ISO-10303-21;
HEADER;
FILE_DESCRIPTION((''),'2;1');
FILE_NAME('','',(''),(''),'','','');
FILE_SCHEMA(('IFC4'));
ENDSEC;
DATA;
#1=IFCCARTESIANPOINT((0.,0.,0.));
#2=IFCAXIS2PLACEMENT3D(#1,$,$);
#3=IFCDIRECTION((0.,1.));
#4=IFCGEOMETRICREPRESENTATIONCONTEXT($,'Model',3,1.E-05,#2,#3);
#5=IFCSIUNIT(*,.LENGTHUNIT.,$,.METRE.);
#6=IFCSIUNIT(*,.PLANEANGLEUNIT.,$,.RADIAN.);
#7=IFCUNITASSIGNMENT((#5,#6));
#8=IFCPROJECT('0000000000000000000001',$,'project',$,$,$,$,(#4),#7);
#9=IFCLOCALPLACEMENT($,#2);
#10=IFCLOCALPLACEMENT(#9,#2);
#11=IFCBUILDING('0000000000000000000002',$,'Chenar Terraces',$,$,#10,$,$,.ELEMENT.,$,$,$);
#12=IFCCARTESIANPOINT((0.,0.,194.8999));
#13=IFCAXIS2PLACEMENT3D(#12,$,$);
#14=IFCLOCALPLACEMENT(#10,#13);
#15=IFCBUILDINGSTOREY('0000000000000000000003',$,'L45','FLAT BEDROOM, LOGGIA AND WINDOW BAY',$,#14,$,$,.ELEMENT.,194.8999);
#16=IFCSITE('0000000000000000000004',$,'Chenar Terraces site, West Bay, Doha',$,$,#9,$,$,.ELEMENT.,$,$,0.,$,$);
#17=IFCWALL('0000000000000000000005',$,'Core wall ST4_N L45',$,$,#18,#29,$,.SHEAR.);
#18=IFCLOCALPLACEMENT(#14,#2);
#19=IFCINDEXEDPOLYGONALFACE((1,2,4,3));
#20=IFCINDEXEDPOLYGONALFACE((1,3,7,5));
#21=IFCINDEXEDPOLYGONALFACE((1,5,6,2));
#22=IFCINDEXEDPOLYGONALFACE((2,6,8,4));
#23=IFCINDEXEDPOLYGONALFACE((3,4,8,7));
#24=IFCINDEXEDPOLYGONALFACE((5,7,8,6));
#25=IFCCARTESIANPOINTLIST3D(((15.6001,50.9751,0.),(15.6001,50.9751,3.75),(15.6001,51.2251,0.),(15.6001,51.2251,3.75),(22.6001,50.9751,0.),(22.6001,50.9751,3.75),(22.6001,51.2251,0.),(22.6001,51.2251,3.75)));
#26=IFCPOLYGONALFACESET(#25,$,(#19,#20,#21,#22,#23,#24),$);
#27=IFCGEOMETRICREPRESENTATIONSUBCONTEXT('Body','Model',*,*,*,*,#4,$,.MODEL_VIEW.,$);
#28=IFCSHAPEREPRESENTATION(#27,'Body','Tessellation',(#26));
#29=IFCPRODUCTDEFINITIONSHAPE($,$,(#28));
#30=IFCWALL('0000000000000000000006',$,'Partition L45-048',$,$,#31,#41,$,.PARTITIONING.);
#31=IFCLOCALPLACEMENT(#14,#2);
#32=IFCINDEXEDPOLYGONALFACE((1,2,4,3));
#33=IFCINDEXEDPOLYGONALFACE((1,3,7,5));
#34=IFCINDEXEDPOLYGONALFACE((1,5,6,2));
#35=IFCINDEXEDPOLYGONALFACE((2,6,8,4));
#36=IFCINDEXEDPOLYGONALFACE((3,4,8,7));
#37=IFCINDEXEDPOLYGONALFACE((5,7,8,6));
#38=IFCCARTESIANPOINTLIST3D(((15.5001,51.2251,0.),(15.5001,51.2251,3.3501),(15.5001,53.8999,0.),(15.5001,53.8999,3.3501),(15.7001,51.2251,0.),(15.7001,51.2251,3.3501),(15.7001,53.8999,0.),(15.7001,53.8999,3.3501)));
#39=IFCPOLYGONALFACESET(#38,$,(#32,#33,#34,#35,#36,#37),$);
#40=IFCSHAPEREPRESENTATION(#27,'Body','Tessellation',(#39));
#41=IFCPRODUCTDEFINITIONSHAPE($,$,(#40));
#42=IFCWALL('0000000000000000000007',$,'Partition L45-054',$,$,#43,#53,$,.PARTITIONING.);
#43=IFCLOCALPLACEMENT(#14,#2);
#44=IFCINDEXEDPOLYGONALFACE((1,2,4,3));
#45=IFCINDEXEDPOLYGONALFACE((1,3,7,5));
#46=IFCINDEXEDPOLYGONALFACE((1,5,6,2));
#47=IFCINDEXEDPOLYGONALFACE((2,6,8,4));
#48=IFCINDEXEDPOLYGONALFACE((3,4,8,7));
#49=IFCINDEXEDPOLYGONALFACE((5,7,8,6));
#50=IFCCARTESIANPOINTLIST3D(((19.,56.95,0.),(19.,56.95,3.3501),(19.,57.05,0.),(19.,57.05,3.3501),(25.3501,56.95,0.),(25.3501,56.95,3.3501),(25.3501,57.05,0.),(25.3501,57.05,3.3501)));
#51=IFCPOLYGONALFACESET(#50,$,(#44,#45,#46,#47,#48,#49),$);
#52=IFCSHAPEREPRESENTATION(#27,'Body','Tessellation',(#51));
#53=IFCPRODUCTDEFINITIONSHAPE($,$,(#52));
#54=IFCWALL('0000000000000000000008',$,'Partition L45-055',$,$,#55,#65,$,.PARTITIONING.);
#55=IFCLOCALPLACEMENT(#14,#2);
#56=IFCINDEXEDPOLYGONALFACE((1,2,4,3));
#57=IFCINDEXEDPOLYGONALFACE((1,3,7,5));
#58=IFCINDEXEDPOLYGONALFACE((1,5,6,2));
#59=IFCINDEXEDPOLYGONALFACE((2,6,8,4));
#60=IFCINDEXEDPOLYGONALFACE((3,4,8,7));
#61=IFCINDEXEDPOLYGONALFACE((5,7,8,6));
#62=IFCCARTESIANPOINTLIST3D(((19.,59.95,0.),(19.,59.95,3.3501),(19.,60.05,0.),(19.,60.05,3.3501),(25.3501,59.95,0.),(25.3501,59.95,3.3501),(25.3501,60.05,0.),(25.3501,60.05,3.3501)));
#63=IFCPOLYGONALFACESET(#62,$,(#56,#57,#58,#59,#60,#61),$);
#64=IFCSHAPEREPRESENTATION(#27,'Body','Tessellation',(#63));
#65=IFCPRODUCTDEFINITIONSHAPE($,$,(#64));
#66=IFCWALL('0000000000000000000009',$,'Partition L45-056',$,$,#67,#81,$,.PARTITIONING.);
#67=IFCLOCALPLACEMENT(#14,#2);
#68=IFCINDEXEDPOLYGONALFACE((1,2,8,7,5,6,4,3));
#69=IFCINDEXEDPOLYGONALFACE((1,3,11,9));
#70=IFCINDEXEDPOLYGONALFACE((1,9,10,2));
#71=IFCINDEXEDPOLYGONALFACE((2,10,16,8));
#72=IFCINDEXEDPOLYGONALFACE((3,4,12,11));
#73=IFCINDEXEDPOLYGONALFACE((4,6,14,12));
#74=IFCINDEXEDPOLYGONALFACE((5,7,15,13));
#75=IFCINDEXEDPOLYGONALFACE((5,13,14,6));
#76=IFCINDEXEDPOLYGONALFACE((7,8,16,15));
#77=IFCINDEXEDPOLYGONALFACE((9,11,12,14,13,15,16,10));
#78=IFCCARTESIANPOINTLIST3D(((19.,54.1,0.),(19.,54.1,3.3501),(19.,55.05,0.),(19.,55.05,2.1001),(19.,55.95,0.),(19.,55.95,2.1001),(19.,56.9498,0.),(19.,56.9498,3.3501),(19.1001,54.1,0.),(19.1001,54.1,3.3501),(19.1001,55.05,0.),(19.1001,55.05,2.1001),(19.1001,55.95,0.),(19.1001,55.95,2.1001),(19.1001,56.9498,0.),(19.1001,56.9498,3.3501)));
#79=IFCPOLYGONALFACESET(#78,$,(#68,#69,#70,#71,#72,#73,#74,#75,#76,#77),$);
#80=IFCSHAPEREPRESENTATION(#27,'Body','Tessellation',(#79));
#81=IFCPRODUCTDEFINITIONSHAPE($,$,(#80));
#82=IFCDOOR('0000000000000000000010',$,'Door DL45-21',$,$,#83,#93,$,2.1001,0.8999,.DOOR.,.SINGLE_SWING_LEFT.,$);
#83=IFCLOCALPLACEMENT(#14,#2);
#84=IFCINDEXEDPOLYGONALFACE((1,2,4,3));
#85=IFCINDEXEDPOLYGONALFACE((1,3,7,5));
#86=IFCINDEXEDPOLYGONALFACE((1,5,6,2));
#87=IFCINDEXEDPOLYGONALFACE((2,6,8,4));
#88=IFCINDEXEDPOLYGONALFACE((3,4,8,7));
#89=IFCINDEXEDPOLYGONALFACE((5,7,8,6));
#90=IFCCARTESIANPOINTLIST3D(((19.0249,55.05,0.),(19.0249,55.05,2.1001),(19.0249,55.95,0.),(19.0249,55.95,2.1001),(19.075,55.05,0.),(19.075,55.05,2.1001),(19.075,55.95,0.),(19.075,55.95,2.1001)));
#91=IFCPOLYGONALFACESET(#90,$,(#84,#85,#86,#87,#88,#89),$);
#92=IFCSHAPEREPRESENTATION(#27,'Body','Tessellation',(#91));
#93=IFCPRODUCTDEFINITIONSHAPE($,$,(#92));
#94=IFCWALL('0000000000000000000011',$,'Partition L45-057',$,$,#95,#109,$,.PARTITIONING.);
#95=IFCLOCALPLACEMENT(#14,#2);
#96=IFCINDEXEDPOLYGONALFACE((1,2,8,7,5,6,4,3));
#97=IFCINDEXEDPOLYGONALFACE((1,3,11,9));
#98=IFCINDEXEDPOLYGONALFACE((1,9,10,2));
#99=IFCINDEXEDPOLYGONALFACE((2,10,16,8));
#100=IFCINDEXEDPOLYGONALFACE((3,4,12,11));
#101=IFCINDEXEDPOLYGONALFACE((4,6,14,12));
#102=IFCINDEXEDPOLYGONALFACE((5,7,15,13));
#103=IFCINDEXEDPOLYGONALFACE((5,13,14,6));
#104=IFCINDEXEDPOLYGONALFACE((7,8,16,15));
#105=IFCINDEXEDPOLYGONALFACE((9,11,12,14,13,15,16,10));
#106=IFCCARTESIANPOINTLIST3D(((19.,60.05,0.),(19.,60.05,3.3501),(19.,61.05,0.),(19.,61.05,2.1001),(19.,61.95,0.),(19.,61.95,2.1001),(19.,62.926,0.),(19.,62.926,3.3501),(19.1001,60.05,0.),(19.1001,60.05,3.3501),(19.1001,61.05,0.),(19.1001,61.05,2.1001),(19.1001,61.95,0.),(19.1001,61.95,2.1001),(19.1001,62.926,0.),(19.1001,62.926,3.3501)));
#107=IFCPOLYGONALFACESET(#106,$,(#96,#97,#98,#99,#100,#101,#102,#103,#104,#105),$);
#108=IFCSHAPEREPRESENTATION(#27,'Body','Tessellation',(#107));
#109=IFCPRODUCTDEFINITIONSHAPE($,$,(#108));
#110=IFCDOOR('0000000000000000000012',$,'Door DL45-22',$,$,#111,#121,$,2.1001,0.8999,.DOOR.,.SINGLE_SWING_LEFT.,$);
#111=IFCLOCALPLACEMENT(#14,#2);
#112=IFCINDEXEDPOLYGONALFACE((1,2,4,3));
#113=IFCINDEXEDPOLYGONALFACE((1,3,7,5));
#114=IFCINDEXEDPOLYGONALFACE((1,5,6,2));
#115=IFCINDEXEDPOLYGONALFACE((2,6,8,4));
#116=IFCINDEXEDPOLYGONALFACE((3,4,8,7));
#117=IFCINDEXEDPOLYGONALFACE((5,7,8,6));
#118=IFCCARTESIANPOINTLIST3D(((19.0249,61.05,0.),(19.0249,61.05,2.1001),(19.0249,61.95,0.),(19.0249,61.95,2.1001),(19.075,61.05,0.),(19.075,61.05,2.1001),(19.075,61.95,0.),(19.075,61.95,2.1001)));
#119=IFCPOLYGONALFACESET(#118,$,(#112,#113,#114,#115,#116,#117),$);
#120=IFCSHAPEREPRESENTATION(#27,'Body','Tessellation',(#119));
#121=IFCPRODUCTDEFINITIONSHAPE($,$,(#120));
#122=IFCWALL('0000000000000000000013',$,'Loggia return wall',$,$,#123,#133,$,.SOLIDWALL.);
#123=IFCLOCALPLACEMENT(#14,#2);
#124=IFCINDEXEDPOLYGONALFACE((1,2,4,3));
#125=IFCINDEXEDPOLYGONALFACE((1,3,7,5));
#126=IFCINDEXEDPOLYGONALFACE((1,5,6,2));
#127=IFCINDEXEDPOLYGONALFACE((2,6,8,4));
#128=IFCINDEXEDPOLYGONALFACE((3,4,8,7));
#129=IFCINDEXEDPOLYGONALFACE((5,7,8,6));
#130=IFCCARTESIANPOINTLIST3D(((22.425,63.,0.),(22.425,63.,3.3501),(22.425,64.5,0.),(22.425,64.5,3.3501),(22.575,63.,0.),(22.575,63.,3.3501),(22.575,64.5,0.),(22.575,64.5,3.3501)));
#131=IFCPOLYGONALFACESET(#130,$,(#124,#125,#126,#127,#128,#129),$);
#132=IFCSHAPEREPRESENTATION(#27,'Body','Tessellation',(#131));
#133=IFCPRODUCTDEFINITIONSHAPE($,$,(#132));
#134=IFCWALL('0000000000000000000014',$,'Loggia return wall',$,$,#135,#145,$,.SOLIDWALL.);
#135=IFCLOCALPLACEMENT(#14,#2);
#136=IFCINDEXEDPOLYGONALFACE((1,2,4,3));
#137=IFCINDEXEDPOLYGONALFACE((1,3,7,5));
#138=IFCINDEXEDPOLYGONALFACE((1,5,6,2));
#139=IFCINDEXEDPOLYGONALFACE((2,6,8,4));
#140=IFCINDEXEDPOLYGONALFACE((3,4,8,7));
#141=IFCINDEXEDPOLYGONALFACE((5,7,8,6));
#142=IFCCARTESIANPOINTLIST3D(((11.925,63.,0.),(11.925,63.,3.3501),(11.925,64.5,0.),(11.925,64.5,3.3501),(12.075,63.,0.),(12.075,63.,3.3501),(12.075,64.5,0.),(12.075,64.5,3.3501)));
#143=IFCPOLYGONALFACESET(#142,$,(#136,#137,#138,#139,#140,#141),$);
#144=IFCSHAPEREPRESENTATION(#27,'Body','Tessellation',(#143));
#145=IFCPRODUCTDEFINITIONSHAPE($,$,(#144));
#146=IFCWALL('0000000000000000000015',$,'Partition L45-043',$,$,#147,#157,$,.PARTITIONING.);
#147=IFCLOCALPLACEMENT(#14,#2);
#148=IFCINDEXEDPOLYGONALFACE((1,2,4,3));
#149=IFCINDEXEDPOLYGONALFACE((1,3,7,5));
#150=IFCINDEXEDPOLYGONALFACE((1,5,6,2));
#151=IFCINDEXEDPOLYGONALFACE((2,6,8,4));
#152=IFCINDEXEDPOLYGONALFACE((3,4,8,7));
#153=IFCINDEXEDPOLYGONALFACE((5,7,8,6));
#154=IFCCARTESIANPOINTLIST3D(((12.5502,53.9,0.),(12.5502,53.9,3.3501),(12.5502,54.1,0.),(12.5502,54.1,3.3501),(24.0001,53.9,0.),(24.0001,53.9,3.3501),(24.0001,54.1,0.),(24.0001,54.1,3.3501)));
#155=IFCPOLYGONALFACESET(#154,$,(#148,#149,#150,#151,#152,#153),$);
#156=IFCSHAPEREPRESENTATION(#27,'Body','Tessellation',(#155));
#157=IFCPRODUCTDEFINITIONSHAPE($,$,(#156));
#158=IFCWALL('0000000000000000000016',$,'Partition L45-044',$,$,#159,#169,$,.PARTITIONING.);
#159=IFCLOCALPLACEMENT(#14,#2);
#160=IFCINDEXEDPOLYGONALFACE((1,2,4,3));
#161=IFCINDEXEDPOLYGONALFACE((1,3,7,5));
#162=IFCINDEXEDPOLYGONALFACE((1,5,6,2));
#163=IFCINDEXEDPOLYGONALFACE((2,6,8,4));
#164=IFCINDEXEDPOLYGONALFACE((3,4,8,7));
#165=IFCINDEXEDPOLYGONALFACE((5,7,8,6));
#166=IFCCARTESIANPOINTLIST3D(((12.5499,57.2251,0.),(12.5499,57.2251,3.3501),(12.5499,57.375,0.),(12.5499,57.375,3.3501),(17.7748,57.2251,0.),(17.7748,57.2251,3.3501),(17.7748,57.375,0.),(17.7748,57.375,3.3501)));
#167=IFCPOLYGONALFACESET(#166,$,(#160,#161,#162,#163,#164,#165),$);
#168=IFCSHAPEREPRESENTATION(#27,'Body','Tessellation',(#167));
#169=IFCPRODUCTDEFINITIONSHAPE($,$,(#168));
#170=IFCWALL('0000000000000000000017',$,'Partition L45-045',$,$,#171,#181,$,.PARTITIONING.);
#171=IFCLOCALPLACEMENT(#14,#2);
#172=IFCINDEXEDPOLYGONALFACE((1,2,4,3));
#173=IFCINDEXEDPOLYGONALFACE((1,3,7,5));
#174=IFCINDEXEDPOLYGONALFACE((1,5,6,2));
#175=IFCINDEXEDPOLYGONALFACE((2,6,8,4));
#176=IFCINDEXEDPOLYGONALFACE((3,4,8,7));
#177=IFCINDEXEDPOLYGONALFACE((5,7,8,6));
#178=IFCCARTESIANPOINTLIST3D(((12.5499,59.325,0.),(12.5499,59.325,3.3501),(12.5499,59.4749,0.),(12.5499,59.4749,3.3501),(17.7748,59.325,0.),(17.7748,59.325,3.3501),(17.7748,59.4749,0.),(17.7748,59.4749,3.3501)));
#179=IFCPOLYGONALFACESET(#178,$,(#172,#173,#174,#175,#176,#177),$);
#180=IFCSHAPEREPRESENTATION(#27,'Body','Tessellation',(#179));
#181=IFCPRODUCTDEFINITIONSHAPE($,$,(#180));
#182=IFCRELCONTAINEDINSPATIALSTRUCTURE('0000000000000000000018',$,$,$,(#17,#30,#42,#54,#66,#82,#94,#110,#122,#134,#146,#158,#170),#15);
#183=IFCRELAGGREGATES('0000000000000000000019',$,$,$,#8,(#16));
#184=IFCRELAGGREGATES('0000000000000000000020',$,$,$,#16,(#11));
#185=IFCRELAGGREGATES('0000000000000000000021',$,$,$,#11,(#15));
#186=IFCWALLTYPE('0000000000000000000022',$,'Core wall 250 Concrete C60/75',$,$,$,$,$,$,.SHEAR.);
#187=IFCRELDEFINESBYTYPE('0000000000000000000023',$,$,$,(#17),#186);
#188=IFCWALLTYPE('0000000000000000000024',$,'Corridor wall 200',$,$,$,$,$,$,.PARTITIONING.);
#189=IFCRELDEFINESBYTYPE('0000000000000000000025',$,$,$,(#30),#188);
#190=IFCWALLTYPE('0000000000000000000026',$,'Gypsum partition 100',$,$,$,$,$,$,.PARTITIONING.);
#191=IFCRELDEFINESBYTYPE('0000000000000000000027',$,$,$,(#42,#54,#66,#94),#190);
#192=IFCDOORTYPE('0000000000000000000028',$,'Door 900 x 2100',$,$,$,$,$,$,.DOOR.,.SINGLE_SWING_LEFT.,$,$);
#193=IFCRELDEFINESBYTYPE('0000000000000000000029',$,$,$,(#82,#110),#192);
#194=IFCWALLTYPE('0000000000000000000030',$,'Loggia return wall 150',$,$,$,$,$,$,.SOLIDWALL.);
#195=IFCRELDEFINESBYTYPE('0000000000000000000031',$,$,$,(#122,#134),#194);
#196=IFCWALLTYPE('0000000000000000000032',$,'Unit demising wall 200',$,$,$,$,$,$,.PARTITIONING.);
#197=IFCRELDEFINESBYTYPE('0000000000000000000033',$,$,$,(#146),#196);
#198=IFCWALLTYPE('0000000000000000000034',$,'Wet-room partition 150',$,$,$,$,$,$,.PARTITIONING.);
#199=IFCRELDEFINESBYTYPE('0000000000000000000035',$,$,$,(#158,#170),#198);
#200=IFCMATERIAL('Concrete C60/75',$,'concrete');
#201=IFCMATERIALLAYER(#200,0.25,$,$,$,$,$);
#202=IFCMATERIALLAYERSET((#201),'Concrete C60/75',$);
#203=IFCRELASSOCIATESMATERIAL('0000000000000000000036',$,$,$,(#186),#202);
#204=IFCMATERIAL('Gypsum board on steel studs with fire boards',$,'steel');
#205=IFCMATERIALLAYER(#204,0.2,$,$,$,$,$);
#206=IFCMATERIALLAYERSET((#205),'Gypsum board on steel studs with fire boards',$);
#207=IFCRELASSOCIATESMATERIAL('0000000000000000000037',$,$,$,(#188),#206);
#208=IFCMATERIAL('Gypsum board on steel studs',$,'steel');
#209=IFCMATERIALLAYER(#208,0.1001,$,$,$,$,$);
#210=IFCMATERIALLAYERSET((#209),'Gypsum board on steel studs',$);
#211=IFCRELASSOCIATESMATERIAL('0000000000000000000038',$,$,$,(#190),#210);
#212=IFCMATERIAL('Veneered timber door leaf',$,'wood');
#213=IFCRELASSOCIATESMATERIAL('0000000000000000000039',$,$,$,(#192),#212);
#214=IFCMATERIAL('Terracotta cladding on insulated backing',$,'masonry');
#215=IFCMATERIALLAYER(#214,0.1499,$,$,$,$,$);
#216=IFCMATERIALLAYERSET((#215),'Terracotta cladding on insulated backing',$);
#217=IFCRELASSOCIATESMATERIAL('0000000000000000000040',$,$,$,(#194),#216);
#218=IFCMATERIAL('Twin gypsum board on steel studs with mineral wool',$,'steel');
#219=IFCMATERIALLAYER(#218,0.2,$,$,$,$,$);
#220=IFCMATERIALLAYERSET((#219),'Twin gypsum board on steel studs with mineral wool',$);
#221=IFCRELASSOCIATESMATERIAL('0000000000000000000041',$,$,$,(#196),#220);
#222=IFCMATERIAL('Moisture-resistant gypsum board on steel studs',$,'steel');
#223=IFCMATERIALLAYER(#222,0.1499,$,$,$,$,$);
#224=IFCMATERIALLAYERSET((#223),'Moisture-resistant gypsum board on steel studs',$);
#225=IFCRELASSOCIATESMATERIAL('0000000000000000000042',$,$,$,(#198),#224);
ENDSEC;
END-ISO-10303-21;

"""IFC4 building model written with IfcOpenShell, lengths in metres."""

from ifc_helpers import new_model, si_unit, direction, frame, frame_2d, origin, place, context, subcontext, project, spatial, rectangle, extrude, material, layer, layer_set, type_object, element, fill, save


model = new_model("IFC4")

# Units and contexts
model_context = context("Model", 3, precision=1e-05, world=origin(), true_north=direction((0.0, 1.0)))
body_context = subcontext(model_context, "Body", "Model", "MODEL_VIEW")
ifc_project = project(units=[si_unit("LENGTHUNIT", "METRE"), si_unit("PLANEANGLEUNIT", "RADIAN")], contexts=[model_context])

# Site, building, storey
site_placement = place(None, origin())
site = spatial("IfcSite", under=ifc_project, at=site_placement, Name="Chenar Terraces site, West Bay, Doha", CompositionType="ELEMENT", RefElevation=0.0)
building_placement = place(site_placement, origin())
building = spatial("IfcBuilding", under=site, at=building_placement, Name="Chenar Terraces", CompositionType="ELEMENT")
storey_placement = place(building_placement, frame((0.0, 0.0, 194.8999)))
storey = spatial("IfcBuildingStorey", under=building, at=storey_placement, Name="L45", Description="FLAT BEDROOM, LOGGIA AND WINDOW BAY", CompositionType="ELEMENT", Elevation=194.8999)

# Walls
ifc_material_1 = material(Name="Concrete C60/75", Category="concrete")
ifc_layer_1 = layer(ifc_material_1, 0.25)
ifc_layer_set_1 = layer_set([ifc_layer_1], Name="Concrete C60/75")
wall_type_1 = type_object("IfcWallType", Name="Core wall 250 Concrete C60/75", PredefinedType="SHEAR", material=ifc_layer_set_1)
wall_1_placement = place(storey_placement, frame((15.6001, 51.1001, 0.0), z_axis=(0.0, 0.0, 1.0), x_axis=(1.0, 0.0, 0.0)))
element("IfcWall", 1, at=wall_1_placement, inside=storey, type_object=wall_type_1, Name="Core wall ST4_N L45", PredefinedType="SHEAR", context=body_context, shape_type="SweptSolid", body=[
    extrude(rectangle(XDim=7.0, YDim=0.25, at=frame_2d((3.5, 0.0))), origin(), (0.0, 0.0, 1.0), 3.75),
])
ifc_material_2 = material(Name="Gypsum board on steel studs with fire boards", Category="steel")
ifc_layer_2 = layer(ifc_material_2, 0.2)
ifc_layer_set_2 = layer_set([ifc_layer_2], Name="Gypsum board on steel studs with fire boards")
wall_type_2 = type_object("IfcWallType", Name="Corridor wall 200", PredefinedType="PARTITIONING", material=ifc_layer_set_2)
wall_2_placement = place(storey_placement, frame((15.6001, 51.2251, 0.0), z_axis=(0.0, 0.0, 1.0), x_axis=(0.0, 1.0, 0.0)))
element("IfcWall", 2, at=wall_2_placement, inside=storey, type_object=wall_type_2, Name="Partition L45-048", PredefinedType="PARTITIONING", context=body_context, shape_type="SweptSolid", body=[
    extrude(rectangle(XDim=2.6748, YDim=0.2, at=frame_2d((1.3374, 0.0))), origin(), (0.0, 0.0, 1.0), 3.3501),
])

# Walls
ifc_material_3 = material(Name="Gypsum board on steel studs", Category="steel")
ifc_layer_3 = layer(ifc_material_3, 0.1001)
ifc_layer_set_3 = layer_set([ifc_layer_3], Name="Gypsum board on steel studs")
wall_type_3 = type_object("IfcWallType", Name="Gypsum partition 100", PredefinedType="PARTITIONING", material=ifc_layer_set_3)
for number, where, z_axis, x_axis, name in (
    (3, (19.0, 57.0, 0.0), (0.0, 0.0, 1.0), (1.0, 0.0, 0.0), "Partition L45-054"),
    (4, (19.0, 60.0, 0.0), (0.0, 0.0, 1.0), (1.0, 0.0, 0.0), "Partition L45-055"),
):
    element("IfcWall", number, at=place(storey_placement, frame(where, z_axis=z_axis, x_axis=x_axis)), inside=storey, type_object=wall_type_3, Name=name, PredefinedType="PARTITIONING", context=body_context, shape_type="SweptSolid", body=[
        extrude(rectangle(XDim=6.3501, YDim=0.1001, at=frame_2d((3.175, 0.0))), origin(), (0.0, 0.0, 1.0), 3.3501),
    ])

# Walls, openings, doors
wall_3_placement = place(storey_placement, frame((19.05, 54.1001, 0.0), z_axis=(0.0, 0.0, 1.0), x_axis=(0.0, 1.0, 0.0)))
wall_3 = element("IfcWall", 5, at=wall_3_placement, inside=storey, type_object=wall_type_3, Name="Partition L45-056", PredefinedType="PARTITIONING", context=body_context, shape_type="SweptSolid", body=[
    extrude(rectangle(XDim=2.8499, YDim=0.1001, at=frame_2d((1.4248, 0.0))), origin(), (0.0, 0.0, 1.0), 3.3501),
])
opening_1_placement = place(wall_3_placement, frame((0.95, 0.0, 0.0)))
opening_1 = element("IfcOpeningElement", 6, at=opening_1_placement, cuts=wall_3, PredefinedType="OPENING", context=body_context, shape_type="SweptSolid", body=[
    extrude(rectangle(XDim=0.8999, YDim=2.1001, at=frame_2d((0.45, 1.05))), frame((0.0, 0.0601, 0.0), z_axis=(0.0, -1.0, 0.0), x_axis=(1.0, 0.0, 0.0)), (0.0, 0.0, 1.0), 0.1201),
])
ifc_material_4 = material(Name="Veneered timber door leaf", Category="wood")
door_type_1 = type_object("IfcDoorType", Name="Door 900 x 2100", OperationType="SINGLE_SWING_LEFT", PredefinedType="DOOR", material=ifc_material_4)
door_1_placement = place(opening_1_placement, frame((0.8999, 0.0, 0.0), z_axis=(0.0, 0.0, 1.0), x_axis=(-1.0, 0.0, 0.0)))
door_1 = element("IfcDoor", 7, at=door_1_placement, inside=storey, type_object=door_type_1, Name="Door DL45-21", OperationType="SINGLE_SWING_LEFT", OverallHeight=2.1001, OverallWidth=0.8999, PredefinedType="DOOR", context=body_context, shape_type="SweptSolid", body=[
    extrude(rectangle(XDim=0.8999, YDim=2.1001, at=frame_2d((0.45, 1.05))), frame((0.0, 0.0249, 0.0), z_axis=(0.0, -1.0, 0.0), x_axis=(1.0, 0.0, 0.0)), (0.0, 0.0, 1.0), 0.05),
])
fill(opening_1, door_1)
wall_4_placement = place(storey_placement, frame((19.05, 60.05, 0.0), z_axis=(0.0, 0.0, 1.0), x_axis=(0.0, 1.0, 0.0)))
wall_4 = element("IfcWall", 8, at=wall_4_placement, inside=storey, type_object=wall_type_3, Name="Partition L45-057", PredefinedType="PARTITIONING", context=body_context, shape_type="SweptSolid", body=[
    extrude(rectangle(XDim=2.876, YDim=0.1001, at=frame_2d((1.438, 0.0))), origin(), (0.0, 0.0, 1.0), 3.3501),
])
opening_2_placement = place(wall_4_placement, frame((1.0, 0.0, 0.0)))
opening_2 = element("IfcOpeningElement", 9, at=opening_2_placement, cuts=wall_4, PredefinedType="OPENING", context=body_context, shape_type="SweptSolid", body=[
    extrude(rectangle(XDim=0.8999, YDim=2.1001, at=frame_2d((0.45, 1.05))), frame((0.0, 0.0601, 0.0), z_axis=(0.0, -1.0, 0.0), x_axis=(1.0, 0.0, 0.0)), (0.0, 0.0, 1.0), 0.1201),
])
door_2_placement = place(opening_2_placement, frame((0.8999, 0.0, 0.0), z_axis=(0.0, 0.0, 1.0), x_axis=(-1.0, 0.0, 0.0)))
door_2 = element("IfcDoor", 10, at=door_2_placement, inside=storey, type_object=door_type_1, Name="Door DL45-22", OperationType="SINGLE_SWING_LEFT", OverallHeight=2.1001, OverallWidth=0.8999, PredefinedType="DOOR", context=body_context, shape_type="SweptSolid", body=[
    extrude(rectangle(XDim=0.8999, YDim=2.1001, at=frame_2d((0.45, 1.05))), frame((0.0, 0.0249, 0.0), z_axis=(0.0, -1.0, 0.0), x_axis=(1.0, 0.0, 0.0)), (0.0, 0.0, 1.0), 0.05),
])
fill(opening_2, door_2)

# Walls
ifc_material_5 = material(Name="Terracotta cladding on insulated backing", Category="masonry")
ifc_layer_4 = layer(ifc_material_5, 0.1499)
ifc_layer_set_4 = layer_set([ifc_layer_4], Name="Terracotta cladding on insulated backing")
wall_type_4 = type_object("IfcWallType", Name="Loggia return wall 150", PredefinedType="SOLIDWALL", material=ifc_layer_set_4)
for number, where, z_axis, x_axis, name in (
    (11, (22.5, 64.5, 0.0), (0.0, 0.0, 1.0), (0.0, -1.0, 0.0), "Loggia return wall"),
    (12, (12.0, 64.5, 0.0), (0.0, 0.0, 1.0), (0.0, -1.0, 0.0), "Loggia return wall"),
):
    element("IfcWall", number, at=place(storey_placement, frame(where, z_axis=z_axis, x_axis=x_axis)), inside=storey, type_object=wall_type_4, Name=name, PredefinedType="SOLIDWALL", context=body_context, shape_type="SweptSolid", body=[
        extrude(rectangle(XDim=1.5, YDim=0.1499, at=frame_2d((0.75, 0.0))), origin(), (0.0, 0.0, 1.0), 3.3501),
    ])
ifc_material_6 = material(Name="Twin gypsum board on steel studs with mineral wool", Category="steel")
ifc_layer_5 = layer(ifc_material_6, 0.2)
ifc_layer_set_5 = layer_set([ifc_layer_5], Name="Twin gypsum board on steel studs with mineral wool")
wall_type_5 = type_object("IfcWallType", Name="Unit demising wall 200", PredefinedType="PARTITIONING", material=ifc_layer_set_5)
wall_5_placement = place(storey_placement, frame((12.55, 54.0, 0.0), z_axis=(0.0, 0.0, 1.0), x_axis=(1.0, 0.0, 0.0)))
element("IfcWall", 13, at=wall_5_placement, inside=storey, type_object=wall_type_5, Name="Partition L45-043", PredefinedType="PARTITIONING", context=body_context, shape_type="SweptSolid", body=[
    extrude(rectangle(XDim=11.45, YDim=0.2, at=frame_2d((5.7251, 0.0))), origin(), (0.0, 0.0, 1.0), 3.3501),
])
ifc_material_7 = material(Name="Moisture-resistant gypsum board on steel studs", Category="steel")
ifc_layer_6 = layer(ifc_material_7, 0.1499)
ifc_layer_set_6 = layer_set([ifc_layer_6], Name="Moisture-resistant gypsum board on steel studs")
wall_type_6 = type_object("IfcWallType", Name="Wet-room partition 150", PredefinedType="PARTITIONING", material=ifc_layer_set_6)
for number, where, z_axis, x_axis, name in (
    (14, (12.55, 57.3, 0.0), (0.0, 0.0, 1.0), (1.0, 0.0, 0.0), "Partition L45-044"),
    (15, (12.55, 59.3999, 0.0), (0.0, 0.0, 1.0), (1.0, 0.0, 0.0), "Partition L45-045"),
):
    element("IfcWall", number, at=place(storey_placement, frame(where, z_axis=z_axis, x_axis=x_axis)), inside=storey, type_object=wall_type_6, Name=name, PredefinedType="PARTITIONING", context=body_context, shape_type="SweptSolid", body=[
        extrude(rectangle(XDim=5.2249, YDim=0.1499, at=frame_2d((2.6123, 0.0))), origin(), (0.0, 0.0, 1.0), 3.3501),
    ])

save(model, "model.ifc")
